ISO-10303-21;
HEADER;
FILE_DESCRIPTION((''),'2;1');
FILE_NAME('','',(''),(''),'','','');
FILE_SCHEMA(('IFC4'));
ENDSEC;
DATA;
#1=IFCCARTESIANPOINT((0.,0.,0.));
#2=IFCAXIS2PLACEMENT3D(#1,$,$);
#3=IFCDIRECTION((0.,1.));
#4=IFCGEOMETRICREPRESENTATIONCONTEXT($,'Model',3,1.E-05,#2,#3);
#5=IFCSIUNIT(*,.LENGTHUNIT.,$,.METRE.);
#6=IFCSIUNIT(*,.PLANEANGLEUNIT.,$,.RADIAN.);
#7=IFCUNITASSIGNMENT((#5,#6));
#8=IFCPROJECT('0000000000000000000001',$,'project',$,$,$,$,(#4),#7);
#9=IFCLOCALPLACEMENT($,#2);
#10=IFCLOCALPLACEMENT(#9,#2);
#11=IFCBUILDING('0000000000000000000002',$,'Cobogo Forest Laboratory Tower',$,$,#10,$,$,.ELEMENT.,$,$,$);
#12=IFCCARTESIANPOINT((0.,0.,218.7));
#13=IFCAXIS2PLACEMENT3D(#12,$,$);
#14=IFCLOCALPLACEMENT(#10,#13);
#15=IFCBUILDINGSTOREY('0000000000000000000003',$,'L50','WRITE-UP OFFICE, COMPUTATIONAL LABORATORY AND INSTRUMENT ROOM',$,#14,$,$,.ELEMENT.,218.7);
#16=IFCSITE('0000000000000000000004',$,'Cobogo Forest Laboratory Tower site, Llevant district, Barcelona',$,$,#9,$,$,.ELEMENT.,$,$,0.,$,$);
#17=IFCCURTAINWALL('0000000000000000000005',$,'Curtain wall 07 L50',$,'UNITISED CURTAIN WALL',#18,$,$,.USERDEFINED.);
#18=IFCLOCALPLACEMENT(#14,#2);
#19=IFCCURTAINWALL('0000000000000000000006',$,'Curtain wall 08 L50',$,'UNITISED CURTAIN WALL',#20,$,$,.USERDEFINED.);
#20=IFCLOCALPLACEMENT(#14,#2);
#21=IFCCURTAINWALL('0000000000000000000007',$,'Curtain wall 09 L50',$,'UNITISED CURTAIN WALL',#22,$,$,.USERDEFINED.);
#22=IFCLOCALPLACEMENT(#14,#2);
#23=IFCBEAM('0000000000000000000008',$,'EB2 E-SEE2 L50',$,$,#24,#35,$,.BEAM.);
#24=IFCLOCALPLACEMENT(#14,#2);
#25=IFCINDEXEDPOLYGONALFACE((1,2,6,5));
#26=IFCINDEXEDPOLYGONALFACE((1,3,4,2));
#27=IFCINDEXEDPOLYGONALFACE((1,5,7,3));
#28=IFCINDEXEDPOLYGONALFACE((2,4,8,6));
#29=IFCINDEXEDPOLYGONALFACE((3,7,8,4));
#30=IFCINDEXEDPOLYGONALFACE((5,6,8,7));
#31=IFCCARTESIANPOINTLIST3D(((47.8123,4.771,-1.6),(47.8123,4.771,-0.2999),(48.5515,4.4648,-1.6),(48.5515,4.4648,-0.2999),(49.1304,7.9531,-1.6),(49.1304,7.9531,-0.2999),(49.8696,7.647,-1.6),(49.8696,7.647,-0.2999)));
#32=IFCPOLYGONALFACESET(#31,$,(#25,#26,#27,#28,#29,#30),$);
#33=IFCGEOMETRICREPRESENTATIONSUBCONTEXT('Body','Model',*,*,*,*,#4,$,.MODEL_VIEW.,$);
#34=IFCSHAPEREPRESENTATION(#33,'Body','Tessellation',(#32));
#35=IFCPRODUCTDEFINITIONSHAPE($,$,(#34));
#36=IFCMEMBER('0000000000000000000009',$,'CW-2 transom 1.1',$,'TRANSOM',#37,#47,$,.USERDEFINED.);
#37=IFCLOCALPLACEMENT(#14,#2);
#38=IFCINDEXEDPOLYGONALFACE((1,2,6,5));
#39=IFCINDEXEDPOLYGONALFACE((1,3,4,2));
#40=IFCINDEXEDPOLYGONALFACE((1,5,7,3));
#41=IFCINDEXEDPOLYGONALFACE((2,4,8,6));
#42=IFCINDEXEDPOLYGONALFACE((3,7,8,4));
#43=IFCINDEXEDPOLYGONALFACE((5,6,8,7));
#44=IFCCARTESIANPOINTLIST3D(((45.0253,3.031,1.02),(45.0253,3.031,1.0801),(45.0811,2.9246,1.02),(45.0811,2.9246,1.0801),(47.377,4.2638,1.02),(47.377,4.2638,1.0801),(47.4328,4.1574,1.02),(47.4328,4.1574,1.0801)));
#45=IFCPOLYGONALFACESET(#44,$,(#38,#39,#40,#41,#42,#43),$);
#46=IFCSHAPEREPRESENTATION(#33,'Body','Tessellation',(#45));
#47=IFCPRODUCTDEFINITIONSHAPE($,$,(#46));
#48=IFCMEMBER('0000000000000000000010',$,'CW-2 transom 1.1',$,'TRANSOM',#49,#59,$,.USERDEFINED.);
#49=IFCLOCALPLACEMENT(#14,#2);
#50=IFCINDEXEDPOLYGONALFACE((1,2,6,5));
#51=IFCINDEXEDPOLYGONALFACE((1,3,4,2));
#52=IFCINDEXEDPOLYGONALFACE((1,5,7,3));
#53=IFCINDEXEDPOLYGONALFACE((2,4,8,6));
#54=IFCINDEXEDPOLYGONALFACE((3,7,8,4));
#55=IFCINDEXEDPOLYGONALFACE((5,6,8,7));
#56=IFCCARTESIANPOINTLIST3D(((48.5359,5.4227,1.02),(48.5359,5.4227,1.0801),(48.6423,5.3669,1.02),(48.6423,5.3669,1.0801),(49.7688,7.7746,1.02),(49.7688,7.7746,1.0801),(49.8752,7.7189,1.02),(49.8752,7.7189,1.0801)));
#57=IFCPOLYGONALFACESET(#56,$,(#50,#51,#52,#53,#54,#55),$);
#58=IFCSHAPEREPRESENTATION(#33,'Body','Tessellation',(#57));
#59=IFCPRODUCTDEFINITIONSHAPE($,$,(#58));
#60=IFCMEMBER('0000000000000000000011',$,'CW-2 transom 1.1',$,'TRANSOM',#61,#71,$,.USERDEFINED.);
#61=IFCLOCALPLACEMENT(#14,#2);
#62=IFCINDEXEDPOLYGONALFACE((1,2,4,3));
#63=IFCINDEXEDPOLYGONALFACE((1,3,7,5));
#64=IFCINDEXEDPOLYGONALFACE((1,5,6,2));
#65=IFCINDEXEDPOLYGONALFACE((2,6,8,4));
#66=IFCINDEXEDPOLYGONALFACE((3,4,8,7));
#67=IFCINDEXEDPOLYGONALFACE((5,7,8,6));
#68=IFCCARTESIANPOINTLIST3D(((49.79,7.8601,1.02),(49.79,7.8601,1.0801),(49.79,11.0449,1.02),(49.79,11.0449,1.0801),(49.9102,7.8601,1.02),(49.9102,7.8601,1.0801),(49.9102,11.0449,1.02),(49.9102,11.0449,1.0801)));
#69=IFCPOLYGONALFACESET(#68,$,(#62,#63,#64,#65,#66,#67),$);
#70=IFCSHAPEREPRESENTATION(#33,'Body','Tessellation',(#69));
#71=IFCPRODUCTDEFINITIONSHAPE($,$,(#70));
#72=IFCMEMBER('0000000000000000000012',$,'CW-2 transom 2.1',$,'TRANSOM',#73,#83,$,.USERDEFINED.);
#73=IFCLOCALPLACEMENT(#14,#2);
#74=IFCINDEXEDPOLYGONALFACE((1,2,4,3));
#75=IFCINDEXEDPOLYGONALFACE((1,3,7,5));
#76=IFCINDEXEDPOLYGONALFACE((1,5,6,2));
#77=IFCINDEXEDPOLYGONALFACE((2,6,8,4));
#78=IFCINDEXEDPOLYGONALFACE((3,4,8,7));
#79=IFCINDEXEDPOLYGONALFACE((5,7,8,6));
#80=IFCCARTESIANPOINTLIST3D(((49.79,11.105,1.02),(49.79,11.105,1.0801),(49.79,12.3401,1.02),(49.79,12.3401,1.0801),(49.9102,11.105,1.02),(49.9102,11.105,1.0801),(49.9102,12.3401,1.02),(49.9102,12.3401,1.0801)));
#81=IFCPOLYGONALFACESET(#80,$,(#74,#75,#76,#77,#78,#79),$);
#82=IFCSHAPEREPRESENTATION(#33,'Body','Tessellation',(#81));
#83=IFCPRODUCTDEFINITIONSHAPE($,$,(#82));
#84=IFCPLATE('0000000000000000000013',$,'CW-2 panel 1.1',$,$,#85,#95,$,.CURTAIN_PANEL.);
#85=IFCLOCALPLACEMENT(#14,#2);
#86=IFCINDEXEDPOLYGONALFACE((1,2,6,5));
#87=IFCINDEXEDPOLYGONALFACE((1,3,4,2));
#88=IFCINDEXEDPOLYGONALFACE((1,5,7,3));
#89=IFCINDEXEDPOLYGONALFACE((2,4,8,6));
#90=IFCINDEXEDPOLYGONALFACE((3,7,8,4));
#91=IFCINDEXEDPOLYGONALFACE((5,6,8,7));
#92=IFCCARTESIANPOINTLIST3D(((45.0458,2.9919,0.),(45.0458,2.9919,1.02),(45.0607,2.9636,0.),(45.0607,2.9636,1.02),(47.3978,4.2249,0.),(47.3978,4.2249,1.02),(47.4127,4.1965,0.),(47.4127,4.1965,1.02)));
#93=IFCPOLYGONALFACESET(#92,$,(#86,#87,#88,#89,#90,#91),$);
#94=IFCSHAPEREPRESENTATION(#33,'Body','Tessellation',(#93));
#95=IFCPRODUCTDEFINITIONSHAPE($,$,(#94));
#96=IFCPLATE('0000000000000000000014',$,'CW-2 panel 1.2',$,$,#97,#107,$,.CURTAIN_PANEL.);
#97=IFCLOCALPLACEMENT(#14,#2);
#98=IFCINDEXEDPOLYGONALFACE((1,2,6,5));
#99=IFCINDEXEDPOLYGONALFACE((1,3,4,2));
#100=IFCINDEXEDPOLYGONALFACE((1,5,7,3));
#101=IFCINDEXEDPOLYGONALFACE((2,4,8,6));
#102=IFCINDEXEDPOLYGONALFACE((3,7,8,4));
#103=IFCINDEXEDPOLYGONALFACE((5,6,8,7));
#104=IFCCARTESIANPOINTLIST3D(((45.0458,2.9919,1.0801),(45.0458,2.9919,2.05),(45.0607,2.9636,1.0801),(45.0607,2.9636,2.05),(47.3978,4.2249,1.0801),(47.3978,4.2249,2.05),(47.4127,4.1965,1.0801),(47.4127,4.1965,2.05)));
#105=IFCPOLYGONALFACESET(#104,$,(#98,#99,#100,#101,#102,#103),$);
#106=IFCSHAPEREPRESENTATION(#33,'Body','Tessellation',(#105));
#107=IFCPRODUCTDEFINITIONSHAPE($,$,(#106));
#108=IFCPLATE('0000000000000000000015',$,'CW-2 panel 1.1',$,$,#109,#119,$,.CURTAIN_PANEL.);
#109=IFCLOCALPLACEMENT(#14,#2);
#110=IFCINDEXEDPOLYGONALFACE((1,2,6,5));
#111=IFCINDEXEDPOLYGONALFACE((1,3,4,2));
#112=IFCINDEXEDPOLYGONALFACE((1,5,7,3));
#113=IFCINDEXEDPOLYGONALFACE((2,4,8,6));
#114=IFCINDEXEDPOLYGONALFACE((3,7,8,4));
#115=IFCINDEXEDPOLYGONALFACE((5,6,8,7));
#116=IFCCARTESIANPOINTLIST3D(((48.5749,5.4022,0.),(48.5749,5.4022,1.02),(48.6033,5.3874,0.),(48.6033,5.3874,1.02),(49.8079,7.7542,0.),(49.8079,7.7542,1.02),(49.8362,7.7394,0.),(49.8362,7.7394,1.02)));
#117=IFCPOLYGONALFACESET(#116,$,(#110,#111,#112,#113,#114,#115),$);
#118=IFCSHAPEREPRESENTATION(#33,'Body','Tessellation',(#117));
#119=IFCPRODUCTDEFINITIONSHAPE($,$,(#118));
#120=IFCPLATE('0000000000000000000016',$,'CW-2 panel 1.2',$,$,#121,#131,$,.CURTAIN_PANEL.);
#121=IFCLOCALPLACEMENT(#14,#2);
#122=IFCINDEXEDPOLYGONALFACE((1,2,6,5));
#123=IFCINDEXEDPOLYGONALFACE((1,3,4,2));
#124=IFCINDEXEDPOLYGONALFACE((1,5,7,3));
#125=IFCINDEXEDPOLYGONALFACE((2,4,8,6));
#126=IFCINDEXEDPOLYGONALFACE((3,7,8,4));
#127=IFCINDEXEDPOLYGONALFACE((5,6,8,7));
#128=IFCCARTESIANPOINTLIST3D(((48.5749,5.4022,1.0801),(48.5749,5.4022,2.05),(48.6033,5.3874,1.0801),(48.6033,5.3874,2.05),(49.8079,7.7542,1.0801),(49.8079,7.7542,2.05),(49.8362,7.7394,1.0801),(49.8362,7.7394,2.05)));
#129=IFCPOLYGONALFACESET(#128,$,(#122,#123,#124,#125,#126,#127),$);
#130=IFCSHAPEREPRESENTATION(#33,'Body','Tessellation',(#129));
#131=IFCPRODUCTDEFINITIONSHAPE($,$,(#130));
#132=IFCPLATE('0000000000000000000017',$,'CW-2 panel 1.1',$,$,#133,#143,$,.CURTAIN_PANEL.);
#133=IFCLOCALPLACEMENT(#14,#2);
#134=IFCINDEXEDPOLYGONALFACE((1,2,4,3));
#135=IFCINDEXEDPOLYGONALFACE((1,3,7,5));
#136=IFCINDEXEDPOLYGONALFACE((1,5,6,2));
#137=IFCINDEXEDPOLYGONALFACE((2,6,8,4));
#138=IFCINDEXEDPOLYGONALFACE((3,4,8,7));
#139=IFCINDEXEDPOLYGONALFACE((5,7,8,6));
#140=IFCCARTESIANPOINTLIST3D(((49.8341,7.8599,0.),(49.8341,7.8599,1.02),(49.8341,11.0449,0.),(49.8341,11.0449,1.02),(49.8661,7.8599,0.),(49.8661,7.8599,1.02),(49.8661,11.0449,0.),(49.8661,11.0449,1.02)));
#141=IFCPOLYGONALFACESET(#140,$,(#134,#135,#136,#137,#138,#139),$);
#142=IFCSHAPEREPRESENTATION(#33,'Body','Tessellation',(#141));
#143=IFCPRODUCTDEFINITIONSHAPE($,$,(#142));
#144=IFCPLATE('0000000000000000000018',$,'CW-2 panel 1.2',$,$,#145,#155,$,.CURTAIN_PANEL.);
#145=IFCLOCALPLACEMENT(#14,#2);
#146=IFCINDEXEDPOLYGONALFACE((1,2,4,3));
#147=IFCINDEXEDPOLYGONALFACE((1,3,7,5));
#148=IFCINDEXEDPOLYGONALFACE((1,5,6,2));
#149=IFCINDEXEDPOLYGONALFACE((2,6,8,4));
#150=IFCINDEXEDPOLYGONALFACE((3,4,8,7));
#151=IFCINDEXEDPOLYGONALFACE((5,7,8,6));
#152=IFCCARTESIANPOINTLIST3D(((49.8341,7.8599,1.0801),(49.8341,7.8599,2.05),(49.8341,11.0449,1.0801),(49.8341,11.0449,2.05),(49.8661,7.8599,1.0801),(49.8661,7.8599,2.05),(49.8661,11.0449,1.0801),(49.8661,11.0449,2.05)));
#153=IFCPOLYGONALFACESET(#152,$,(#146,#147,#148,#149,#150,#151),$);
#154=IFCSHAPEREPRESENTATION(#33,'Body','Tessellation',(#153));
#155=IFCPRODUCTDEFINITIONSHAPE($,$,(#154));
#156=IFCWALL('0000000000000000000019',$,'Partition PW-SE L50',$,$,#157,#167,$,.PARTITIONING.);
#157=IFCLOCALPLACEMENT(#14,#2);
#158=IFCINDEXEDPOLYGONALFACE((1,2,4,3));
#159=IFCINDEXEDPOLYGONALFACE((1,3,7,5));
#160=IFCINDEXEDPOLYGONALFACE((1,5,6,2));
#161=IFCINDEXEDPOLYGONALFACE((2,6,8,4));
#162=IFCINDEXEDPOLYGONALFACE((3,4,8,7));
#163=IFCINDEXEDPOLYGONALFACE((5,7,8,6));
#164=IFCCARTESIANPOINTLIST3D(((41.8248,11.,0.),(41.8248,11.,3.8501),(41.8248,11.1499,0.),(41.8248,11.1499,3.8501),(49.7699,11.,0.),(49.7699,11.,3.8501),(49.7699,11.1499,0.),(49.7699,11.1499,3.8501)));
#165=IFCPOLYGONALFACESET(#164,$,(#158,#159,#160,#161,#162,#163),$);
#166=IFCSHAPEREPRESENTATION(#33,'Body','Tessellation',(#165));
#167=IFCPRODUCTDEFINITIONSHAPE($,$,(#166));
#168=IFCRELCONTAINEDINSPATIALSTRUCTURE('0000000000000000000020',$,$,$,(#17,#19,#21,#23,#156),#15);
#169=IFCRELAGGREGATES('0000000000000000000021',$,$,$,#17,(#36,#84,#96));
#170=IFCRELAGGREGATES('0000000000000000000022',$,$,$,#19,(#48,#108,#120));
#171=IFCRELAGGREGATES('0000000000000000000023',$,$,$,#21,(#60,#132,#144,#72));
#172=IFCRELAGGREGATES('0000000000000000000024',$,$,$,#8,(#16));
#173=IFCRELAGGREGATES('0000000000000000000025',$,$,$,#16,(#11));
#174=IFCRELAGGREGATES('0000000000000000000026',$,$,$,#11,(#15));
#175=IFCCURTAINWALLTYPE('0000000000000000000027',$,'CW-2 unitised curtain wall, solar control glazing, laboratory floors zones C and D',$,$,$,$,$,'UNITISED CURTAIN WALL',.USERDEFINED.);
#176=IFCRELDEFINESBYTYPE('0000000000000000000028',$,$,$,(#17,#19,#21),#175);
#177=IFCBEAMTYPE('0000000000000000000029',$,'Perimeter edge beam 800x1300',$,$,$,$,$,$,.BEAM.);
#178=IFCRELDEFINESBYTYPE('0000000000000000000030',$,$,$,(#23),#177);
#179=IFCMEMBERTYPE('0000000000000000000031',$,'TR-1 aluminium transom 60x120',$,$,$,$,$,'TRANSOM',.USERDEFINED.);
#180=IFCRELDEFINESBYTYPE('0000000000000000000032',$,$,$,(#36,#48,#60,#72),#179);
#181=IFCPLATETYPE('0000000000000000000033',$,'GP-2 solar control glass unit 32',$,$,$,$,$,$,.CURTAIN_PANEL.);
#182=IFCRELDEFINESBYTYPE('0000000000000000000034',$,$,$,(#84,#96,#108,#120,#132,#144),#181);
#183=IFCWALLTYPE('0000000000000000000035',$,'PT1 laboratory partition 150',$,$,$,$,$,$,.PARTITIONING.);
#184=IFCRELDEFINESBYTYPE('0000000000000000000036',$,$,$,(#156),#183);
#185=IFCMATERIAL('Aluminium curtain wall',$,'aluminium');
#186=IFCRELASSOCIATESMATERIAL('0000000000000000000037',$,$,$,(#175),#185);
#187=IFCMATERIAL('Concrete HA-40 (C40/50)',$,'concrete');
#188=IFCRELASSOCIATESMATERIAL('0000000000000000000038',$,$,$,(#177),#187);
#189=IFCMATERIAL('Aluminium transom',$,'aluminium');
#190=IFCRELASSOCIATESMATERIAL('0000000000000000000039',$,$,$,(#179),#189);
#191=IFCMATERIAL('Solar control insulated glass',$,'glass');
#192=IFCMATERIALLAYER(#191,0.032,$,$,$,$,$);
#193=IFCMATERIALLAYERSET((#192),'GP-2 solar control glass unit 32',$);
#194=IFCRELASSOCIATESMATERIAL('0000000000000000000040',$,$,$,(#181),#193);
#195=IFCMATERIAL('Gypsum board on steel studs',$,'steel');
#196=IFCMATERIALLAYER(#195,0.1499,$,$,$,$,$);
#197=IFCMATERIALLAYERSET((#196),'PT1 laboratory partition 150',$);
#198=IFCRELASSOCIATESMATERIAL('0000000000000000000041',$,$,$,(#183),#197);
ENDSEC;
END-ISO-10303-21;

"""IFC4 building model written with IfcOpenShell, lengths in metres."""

from ifc_helpers import new_model, si_unit, direction, frame, frame_2d, origin, origin_2d, place, context, subcontext, project, spatial, rectangle, extrude, material, layer, layer_set, material_profile, profile_set, type_object, element, aggregate, save


model = new_model("IFC4")

# Units and contexts
model_context = context("Model", 3, precision=1e-05, world=origin(), true_north=direction((0.0, 1.0)))
body_context = subcontext(model_context, "Body", "Model", "MODEL_VIEW")
ifc_project = project(units=[si_unit("LENGTHUNIT", "METRE"), si_unit("PLANEANGLEUNIT", "RADIAN")], contexts=[model_context])

# Site, building, storey
site_placement = place(None, origin())
site = spatial("IfcSite", under=ifc_project, at=site_placement, Name="Cobogo Forest Laboratory Tower site, Llevant district, Barcelona", CompositionType="ELEMENT", RefElevation=0.0)
building_placement = place(site_placement, origin())
building = spatial("IfcBuilding", under=site, at=building_placement, Name="Cobogo Forest Laboratory Tower", CompositionType="ELEMENT")
storey_placement = place(building_placement, frame((0.0, 0.0, 218.7)))
storey = spatial("IfcBuildingStorey", under=building, at=storey_placement, Name="L50", Description="WRITE-UP OFFICE, COMPUTATIONAL LABORATORY AND INSTRUMENT ROOM", CompositionType="ELEMENT", Elevation=218.7)

# Shared definitions
ifc_material_1 = material(Name="Aluminium curtain wall", Category="aluminium")
curtain_wall_type = type_object("IfcCurtainWallType", Name="CW-2 unitised curtain wall, solar control glazing, laboratory floors zones C and D", ElementType="UNITISED CURTAIN WALL", PredefinedType="USERDEFINED", material=ifc_material_1)

# Curtain walls
curtain_wall_1_placement = place(storey_placement, origin())
curtain_wall_1 = element("IfcCurtainWall", 1, at=curtain_wall_1_placement, inside=storey, type_object=curtain_wall_type, Name="Curtain wall 07 L50", ObjectType="UNITISED CURTAIN WALL", PredefinedType="USERDEFINED")
curtain_wall_2_placement = place(storey_placement, origin())
curtain_wall_2 = element("IfcCurtainWall", 2, at=curtain_wall_2_placement, inside=storey, type_object=curtain_wall_type, Name="Curtain wall 08 L50", ObjectType="UNITISED CURTAIN WALL", PredefinedType="USERDEFINED")
curtain_wall_3_placement = place(storey_placement, origin())
curtain_wall_3 = element("IfcCurtainWall", 3, at=curtain_wall_3_placement, inside=storey, type_object=curtain_wall_type, Name="Curtain wall 09 L50", ObjectType="UNITISED CURTAIN WALL", PredefinedType="USERDEFINED")

# Beam
ifc_material_2 = material(Name="Concrete HA-40 (C40/50)", Category="concrete")
ifc_material_profile_1 = material_profile(ifc_material_2, rectangle(XDim=0.8, YDim=1.3, at=origin_2d()), Name="RC 800x1300")
ifc_profile_set_1 = profile_set([ifc_material_profile_1], Name="Concrete HA-40 (C40/50)")
beam_type_1 = type_object("IfcBeamType", Name="Perimeter edge beam 800x1300", PredefinedType="BEAM", material=ifc_profile_set_1)
beam_1_placement = place(storey_placement, frame((49.5, 7.8, -0.95), z_axis=(-0.382692, -0.923876, 0.0), x_axis=(0.923876, -0.382692, 0.0)))
element("IfcBeam", 4, at=beam_1_placement, inside=storey, type_object=beam_type_1, Name="EB2 E-SEE2 L50", PredefinedType="BEAM", context=body_context, shape_type="SweptSolid", body=[
    extrude(rectangle(XDim=0.8, YDim=1.3, at=origin_2d()), origin(), (0.0, 0.0, 1.0), 3.4443),
])

# Members
ifc_material_3 = material(Name="Aluminium transom", Category="aluminium")
ifc_material_profile_2 = material_profile(ifc_material_3, rectangle(XDim=0.1201, YDim=0.0601, at=origin_2d()), Name="AL 60x120")
ifc_profile_set_2 = profile_set([ifc_material_profile_2], Name="Aluminium transom")
member_type_1 = type_object("IfcMemberType", Name="TR-1 aluminium transom 60x120", ElementType="TRANSOM", PredefinedType="USERDEFINED", material=ifc_profile_set_2)
member_1_placement = place(storey_placement, frame((45.0532, 2.9778, 1.05), z_axis=(0.885675, 0.464306, 0.0), x_axis=(-0.464306, 0.885675, 0.0)))
member_1 = element("IfcMember", 5, at=member_1_placement, type_object=member_type_1, Name="CW-2 transom 1.1", ObjectType="TRANSOM", PredefinedType="USERDEFINED", context=body_context, shape_type="SweptSolid", body=[
    extrude(rectangle(XDim=0.1201, YDim=0.0601, at=origin_2d()), origin(), (0.0, 0.0, 1.0), 2.6553),
])
member_2_placement = place(storey_placement, frame((48.5891, 5.3948, 1.05), z_axis=(0.464268, 0.885695, 0.0), x_axis=(-0.885695, 0.464268, 0.0)))
member_2 = element("IfcMember", 6, at=member_2_placement, type_object=member_type_1, Name="CW-2 transom 1.1", ObjectType="TRANSOM", PredefinedType="USERDEFINED", context=body_context, shape_type="SweptSolid", body=[
    extrude(rectangle(XDim=0.1201, YDim=0.0601, at=origin_2d()), origin(), (0.0, 0.0, 1.0), 2.6555),
])
member_3_placement = place(storey_placement, frame((49.8501, 7.8601, 1.05), z_axis=(0.0, 1.0, 0.0), x_axis=(-1.0, 0.0, 0.0)))
member_3 = element("IfcMember", 7, at=member_3_placement, type_object=member_type_1, Name="CW-2 transom 1.1", ObjectType="TRANSOM", PredefinedType="USERDEFINED", context=body_context, shape_type="SweptSolid", body=[
    extrude(rectangle(XDim=0.1201, YDim=0.0601, at=origin_2d()), origin(), (0.0, 0.0, 1.0), 3.1848),
])
member_4_placement = place(storey_placement, frame((49.8501, 11.105, 1.05), z_axis=(0.0, 1.0, 0.0), x_axis=(-1.0, 0.0, 0.0)))
member_4 = element("IfcMember", 8, at=member_4_placement, type_object=member_type_1, Name="CW-2 transom 2.1", ObjectType="TRANSOM", PredefinedType="USERDEFINED", context=body_context, shape_type="SweptSolid", body=[
    extrude(rectangle(XDim=0.1201, YDim=0.0601, at=origin_2d()), origin(), (0.0, 0.0, 1.0), 1.2351),
])

# Plates
ifc_material_4 = material(Name="Solar control insulated glass", Category="glass")
ifc_layer_1 = layer(ifc_material_4, 0.032)
ifc_layer_set_1 = layer_set([ifc_layer_1], Name="GP-2 solar control glass unit 32")
plate_type = type_object("IfcPlateType", Name="GP-2 solar control glass unit 32", PredefinedType="CURTAIN_PANEL", material=ifc_layer_set_1)
plate_1_placement = place(storey_placement, frame((46.2292, 3.5942, 0.0), z_axis=(0.0, 0.0, 1.0), x_axis=(0.885687, 0.464284, 0.0)))
plate_1 = element("IfcPlate", 9, at=plate_1_placement, type_object=plate_type, Name="CW-2 panel 1.1", PredefinedType="CURTAIN_PANEL", context=body_context, shape_type="SweptSolid", body=[
    extrude(rectangle(XDim=2.6555, YDim=0.032, at=origin_2d()), origin(), (0.0, 0.0, 1.0), 1.02),
])
plate_2_placement = place(storey_placement, frame((46.2292, 3.5942, 1.0801), z_axis=(0.0, 0.0, 1.0), x_axis=(0.885687, 0.464284, 0.0)))
plate_2 = element("IfcPlate", 10, at=plate_2_placement, type_object=plate_type, Name="CW-2 panel 1.2", PredefinedType="CURTAIN_PANEL", context=body_context, shape_type="SweptSolid", body=[
    extrude(rectangle(XDim=2.6555, YDim=0.032, at=origin_2d()), origin(), (0.0, 0.0, 1.0), 0.97),
])
aggregate(curtain_wall_1, [member_1, plate_1, plate_2])
plate_3_placement = place(storey_placement, frame((49.2056, 6.5708, 0.0), z_axis=(0.0, 0.0, 1.0), x_axis=(0.464284, 0.885687, 0.0)))
plate_3 = element("IfcPlate", 11, at=plate_3_placement, type_object=plate_type, Name="CW-2 panel 1.1", PredefinedType="CURTAIN_PANEL", context=body_context, shape_type="SweptSolid", body=[
    extrude(rectangle(XDim=2.6555, YDim=0.032, at=origin_2d()), origin(), (0.0, 0.0, 1.0), 1.02),
])
plate_4_placement = place(storey_placement, frame((49.2056, 6.5708, 1.0801), z_axis=(0.0, 0.0, 1.0), x_axis=(0.464284, 0.885687, 0.0)))
plate_4 = element("IfcPlate", 12, at=plate_4_placement, type_object=plate_type, Name="CW-2 panel 1.2", PredefinedType="CURTAIN_PANEL", context=body_context, shape_type="SweptSolid", body=[
    extrude(rectangle(XDim=2.6555, YDim=0.032, at=origin_2d()), origin(), (0.0, 0.0, 1.0), 0.97),
])
aggregate(curtain_wall_2, [member_2, plate_3, plate_4])
plate_5_placement = place(storey_placement, frame((49.8501, 9.4524, 0.0), z_axis=(0.0, 0.0, 1.0), x_axis=(0.0, 1.0, 0.0)))
plate_5 = element("IfcPlate", 13, at=plate_5_placement, type_object=plate_type, Name="CW-2 panel 1.1", PredefinedType="CURTAIN_PANEL", context=body_context, shape_type="SweptSolid", body=[
    extrude(rectangle(XDim=3.1851, YDim=0.032, at=origin_2d()), origin(), (0.0, 0.0, 1.0), 1.02),
])
plate_6_placement = place(storey_placement, frame((49.8501, 9.4524, 1.0801), z_axis=(0.0, 0.0, 1.0), x_axis=(0.0, 1.0, 0.0)))
plate_6 = element("IfcPlate", 14, at=plate_6_placement, type_object=plate_type, Name="CW-2 panel 1.2", PredefinedType="CURTAIN_PANEL", context=body_context, shape_type="SweptSolid", body=[
    extrude(rectangle(XDim=3.1851, YDim=0.032, at=origin_2d()), origin(), (0.0, 0.0, 1.0), 0.97),
])
aggregate(curtain_wall_3, [member_3, plate_5, plate_6, member_4])

# Wall
ifc_material_5 = material(Name="Gypsum board on steel studs", Category="steel")
ifc_layer_2 = layer(ifc_material_5, 0.1499)
ifc_layer_set_2 = layer_set([ifc_layer_2], Name="PT1 laboratory partition 150")
wall_type = type_object("IfcWallType", Name="PT1 laboratory partition 150", PredefinedType="PARTITIONING", material=ifc_layer_set_2)
wall_placement = place(storey_placement, frame((49.77, 11.075, 0.0), z_axis=(0.0, 0.0, 1.0), x_axis=(-1.0, 0.0, 0.0)))
element("IfcWall", 15, at=wall_placement, inside=storey, type_object=wall_type, Name="Partition PW-SE L50", PredefinedType="PARTITIONING", context=body_context, shape_type="SweptSolid", body=[
    extrude(rectangle(XDim=7.9451, YDim=0.1499, at=frame_2d((3.9727, 0.0))), origin(), (0.0, 0.0, 1.0), 3.8501),
])

save(model, "model.ifc")
